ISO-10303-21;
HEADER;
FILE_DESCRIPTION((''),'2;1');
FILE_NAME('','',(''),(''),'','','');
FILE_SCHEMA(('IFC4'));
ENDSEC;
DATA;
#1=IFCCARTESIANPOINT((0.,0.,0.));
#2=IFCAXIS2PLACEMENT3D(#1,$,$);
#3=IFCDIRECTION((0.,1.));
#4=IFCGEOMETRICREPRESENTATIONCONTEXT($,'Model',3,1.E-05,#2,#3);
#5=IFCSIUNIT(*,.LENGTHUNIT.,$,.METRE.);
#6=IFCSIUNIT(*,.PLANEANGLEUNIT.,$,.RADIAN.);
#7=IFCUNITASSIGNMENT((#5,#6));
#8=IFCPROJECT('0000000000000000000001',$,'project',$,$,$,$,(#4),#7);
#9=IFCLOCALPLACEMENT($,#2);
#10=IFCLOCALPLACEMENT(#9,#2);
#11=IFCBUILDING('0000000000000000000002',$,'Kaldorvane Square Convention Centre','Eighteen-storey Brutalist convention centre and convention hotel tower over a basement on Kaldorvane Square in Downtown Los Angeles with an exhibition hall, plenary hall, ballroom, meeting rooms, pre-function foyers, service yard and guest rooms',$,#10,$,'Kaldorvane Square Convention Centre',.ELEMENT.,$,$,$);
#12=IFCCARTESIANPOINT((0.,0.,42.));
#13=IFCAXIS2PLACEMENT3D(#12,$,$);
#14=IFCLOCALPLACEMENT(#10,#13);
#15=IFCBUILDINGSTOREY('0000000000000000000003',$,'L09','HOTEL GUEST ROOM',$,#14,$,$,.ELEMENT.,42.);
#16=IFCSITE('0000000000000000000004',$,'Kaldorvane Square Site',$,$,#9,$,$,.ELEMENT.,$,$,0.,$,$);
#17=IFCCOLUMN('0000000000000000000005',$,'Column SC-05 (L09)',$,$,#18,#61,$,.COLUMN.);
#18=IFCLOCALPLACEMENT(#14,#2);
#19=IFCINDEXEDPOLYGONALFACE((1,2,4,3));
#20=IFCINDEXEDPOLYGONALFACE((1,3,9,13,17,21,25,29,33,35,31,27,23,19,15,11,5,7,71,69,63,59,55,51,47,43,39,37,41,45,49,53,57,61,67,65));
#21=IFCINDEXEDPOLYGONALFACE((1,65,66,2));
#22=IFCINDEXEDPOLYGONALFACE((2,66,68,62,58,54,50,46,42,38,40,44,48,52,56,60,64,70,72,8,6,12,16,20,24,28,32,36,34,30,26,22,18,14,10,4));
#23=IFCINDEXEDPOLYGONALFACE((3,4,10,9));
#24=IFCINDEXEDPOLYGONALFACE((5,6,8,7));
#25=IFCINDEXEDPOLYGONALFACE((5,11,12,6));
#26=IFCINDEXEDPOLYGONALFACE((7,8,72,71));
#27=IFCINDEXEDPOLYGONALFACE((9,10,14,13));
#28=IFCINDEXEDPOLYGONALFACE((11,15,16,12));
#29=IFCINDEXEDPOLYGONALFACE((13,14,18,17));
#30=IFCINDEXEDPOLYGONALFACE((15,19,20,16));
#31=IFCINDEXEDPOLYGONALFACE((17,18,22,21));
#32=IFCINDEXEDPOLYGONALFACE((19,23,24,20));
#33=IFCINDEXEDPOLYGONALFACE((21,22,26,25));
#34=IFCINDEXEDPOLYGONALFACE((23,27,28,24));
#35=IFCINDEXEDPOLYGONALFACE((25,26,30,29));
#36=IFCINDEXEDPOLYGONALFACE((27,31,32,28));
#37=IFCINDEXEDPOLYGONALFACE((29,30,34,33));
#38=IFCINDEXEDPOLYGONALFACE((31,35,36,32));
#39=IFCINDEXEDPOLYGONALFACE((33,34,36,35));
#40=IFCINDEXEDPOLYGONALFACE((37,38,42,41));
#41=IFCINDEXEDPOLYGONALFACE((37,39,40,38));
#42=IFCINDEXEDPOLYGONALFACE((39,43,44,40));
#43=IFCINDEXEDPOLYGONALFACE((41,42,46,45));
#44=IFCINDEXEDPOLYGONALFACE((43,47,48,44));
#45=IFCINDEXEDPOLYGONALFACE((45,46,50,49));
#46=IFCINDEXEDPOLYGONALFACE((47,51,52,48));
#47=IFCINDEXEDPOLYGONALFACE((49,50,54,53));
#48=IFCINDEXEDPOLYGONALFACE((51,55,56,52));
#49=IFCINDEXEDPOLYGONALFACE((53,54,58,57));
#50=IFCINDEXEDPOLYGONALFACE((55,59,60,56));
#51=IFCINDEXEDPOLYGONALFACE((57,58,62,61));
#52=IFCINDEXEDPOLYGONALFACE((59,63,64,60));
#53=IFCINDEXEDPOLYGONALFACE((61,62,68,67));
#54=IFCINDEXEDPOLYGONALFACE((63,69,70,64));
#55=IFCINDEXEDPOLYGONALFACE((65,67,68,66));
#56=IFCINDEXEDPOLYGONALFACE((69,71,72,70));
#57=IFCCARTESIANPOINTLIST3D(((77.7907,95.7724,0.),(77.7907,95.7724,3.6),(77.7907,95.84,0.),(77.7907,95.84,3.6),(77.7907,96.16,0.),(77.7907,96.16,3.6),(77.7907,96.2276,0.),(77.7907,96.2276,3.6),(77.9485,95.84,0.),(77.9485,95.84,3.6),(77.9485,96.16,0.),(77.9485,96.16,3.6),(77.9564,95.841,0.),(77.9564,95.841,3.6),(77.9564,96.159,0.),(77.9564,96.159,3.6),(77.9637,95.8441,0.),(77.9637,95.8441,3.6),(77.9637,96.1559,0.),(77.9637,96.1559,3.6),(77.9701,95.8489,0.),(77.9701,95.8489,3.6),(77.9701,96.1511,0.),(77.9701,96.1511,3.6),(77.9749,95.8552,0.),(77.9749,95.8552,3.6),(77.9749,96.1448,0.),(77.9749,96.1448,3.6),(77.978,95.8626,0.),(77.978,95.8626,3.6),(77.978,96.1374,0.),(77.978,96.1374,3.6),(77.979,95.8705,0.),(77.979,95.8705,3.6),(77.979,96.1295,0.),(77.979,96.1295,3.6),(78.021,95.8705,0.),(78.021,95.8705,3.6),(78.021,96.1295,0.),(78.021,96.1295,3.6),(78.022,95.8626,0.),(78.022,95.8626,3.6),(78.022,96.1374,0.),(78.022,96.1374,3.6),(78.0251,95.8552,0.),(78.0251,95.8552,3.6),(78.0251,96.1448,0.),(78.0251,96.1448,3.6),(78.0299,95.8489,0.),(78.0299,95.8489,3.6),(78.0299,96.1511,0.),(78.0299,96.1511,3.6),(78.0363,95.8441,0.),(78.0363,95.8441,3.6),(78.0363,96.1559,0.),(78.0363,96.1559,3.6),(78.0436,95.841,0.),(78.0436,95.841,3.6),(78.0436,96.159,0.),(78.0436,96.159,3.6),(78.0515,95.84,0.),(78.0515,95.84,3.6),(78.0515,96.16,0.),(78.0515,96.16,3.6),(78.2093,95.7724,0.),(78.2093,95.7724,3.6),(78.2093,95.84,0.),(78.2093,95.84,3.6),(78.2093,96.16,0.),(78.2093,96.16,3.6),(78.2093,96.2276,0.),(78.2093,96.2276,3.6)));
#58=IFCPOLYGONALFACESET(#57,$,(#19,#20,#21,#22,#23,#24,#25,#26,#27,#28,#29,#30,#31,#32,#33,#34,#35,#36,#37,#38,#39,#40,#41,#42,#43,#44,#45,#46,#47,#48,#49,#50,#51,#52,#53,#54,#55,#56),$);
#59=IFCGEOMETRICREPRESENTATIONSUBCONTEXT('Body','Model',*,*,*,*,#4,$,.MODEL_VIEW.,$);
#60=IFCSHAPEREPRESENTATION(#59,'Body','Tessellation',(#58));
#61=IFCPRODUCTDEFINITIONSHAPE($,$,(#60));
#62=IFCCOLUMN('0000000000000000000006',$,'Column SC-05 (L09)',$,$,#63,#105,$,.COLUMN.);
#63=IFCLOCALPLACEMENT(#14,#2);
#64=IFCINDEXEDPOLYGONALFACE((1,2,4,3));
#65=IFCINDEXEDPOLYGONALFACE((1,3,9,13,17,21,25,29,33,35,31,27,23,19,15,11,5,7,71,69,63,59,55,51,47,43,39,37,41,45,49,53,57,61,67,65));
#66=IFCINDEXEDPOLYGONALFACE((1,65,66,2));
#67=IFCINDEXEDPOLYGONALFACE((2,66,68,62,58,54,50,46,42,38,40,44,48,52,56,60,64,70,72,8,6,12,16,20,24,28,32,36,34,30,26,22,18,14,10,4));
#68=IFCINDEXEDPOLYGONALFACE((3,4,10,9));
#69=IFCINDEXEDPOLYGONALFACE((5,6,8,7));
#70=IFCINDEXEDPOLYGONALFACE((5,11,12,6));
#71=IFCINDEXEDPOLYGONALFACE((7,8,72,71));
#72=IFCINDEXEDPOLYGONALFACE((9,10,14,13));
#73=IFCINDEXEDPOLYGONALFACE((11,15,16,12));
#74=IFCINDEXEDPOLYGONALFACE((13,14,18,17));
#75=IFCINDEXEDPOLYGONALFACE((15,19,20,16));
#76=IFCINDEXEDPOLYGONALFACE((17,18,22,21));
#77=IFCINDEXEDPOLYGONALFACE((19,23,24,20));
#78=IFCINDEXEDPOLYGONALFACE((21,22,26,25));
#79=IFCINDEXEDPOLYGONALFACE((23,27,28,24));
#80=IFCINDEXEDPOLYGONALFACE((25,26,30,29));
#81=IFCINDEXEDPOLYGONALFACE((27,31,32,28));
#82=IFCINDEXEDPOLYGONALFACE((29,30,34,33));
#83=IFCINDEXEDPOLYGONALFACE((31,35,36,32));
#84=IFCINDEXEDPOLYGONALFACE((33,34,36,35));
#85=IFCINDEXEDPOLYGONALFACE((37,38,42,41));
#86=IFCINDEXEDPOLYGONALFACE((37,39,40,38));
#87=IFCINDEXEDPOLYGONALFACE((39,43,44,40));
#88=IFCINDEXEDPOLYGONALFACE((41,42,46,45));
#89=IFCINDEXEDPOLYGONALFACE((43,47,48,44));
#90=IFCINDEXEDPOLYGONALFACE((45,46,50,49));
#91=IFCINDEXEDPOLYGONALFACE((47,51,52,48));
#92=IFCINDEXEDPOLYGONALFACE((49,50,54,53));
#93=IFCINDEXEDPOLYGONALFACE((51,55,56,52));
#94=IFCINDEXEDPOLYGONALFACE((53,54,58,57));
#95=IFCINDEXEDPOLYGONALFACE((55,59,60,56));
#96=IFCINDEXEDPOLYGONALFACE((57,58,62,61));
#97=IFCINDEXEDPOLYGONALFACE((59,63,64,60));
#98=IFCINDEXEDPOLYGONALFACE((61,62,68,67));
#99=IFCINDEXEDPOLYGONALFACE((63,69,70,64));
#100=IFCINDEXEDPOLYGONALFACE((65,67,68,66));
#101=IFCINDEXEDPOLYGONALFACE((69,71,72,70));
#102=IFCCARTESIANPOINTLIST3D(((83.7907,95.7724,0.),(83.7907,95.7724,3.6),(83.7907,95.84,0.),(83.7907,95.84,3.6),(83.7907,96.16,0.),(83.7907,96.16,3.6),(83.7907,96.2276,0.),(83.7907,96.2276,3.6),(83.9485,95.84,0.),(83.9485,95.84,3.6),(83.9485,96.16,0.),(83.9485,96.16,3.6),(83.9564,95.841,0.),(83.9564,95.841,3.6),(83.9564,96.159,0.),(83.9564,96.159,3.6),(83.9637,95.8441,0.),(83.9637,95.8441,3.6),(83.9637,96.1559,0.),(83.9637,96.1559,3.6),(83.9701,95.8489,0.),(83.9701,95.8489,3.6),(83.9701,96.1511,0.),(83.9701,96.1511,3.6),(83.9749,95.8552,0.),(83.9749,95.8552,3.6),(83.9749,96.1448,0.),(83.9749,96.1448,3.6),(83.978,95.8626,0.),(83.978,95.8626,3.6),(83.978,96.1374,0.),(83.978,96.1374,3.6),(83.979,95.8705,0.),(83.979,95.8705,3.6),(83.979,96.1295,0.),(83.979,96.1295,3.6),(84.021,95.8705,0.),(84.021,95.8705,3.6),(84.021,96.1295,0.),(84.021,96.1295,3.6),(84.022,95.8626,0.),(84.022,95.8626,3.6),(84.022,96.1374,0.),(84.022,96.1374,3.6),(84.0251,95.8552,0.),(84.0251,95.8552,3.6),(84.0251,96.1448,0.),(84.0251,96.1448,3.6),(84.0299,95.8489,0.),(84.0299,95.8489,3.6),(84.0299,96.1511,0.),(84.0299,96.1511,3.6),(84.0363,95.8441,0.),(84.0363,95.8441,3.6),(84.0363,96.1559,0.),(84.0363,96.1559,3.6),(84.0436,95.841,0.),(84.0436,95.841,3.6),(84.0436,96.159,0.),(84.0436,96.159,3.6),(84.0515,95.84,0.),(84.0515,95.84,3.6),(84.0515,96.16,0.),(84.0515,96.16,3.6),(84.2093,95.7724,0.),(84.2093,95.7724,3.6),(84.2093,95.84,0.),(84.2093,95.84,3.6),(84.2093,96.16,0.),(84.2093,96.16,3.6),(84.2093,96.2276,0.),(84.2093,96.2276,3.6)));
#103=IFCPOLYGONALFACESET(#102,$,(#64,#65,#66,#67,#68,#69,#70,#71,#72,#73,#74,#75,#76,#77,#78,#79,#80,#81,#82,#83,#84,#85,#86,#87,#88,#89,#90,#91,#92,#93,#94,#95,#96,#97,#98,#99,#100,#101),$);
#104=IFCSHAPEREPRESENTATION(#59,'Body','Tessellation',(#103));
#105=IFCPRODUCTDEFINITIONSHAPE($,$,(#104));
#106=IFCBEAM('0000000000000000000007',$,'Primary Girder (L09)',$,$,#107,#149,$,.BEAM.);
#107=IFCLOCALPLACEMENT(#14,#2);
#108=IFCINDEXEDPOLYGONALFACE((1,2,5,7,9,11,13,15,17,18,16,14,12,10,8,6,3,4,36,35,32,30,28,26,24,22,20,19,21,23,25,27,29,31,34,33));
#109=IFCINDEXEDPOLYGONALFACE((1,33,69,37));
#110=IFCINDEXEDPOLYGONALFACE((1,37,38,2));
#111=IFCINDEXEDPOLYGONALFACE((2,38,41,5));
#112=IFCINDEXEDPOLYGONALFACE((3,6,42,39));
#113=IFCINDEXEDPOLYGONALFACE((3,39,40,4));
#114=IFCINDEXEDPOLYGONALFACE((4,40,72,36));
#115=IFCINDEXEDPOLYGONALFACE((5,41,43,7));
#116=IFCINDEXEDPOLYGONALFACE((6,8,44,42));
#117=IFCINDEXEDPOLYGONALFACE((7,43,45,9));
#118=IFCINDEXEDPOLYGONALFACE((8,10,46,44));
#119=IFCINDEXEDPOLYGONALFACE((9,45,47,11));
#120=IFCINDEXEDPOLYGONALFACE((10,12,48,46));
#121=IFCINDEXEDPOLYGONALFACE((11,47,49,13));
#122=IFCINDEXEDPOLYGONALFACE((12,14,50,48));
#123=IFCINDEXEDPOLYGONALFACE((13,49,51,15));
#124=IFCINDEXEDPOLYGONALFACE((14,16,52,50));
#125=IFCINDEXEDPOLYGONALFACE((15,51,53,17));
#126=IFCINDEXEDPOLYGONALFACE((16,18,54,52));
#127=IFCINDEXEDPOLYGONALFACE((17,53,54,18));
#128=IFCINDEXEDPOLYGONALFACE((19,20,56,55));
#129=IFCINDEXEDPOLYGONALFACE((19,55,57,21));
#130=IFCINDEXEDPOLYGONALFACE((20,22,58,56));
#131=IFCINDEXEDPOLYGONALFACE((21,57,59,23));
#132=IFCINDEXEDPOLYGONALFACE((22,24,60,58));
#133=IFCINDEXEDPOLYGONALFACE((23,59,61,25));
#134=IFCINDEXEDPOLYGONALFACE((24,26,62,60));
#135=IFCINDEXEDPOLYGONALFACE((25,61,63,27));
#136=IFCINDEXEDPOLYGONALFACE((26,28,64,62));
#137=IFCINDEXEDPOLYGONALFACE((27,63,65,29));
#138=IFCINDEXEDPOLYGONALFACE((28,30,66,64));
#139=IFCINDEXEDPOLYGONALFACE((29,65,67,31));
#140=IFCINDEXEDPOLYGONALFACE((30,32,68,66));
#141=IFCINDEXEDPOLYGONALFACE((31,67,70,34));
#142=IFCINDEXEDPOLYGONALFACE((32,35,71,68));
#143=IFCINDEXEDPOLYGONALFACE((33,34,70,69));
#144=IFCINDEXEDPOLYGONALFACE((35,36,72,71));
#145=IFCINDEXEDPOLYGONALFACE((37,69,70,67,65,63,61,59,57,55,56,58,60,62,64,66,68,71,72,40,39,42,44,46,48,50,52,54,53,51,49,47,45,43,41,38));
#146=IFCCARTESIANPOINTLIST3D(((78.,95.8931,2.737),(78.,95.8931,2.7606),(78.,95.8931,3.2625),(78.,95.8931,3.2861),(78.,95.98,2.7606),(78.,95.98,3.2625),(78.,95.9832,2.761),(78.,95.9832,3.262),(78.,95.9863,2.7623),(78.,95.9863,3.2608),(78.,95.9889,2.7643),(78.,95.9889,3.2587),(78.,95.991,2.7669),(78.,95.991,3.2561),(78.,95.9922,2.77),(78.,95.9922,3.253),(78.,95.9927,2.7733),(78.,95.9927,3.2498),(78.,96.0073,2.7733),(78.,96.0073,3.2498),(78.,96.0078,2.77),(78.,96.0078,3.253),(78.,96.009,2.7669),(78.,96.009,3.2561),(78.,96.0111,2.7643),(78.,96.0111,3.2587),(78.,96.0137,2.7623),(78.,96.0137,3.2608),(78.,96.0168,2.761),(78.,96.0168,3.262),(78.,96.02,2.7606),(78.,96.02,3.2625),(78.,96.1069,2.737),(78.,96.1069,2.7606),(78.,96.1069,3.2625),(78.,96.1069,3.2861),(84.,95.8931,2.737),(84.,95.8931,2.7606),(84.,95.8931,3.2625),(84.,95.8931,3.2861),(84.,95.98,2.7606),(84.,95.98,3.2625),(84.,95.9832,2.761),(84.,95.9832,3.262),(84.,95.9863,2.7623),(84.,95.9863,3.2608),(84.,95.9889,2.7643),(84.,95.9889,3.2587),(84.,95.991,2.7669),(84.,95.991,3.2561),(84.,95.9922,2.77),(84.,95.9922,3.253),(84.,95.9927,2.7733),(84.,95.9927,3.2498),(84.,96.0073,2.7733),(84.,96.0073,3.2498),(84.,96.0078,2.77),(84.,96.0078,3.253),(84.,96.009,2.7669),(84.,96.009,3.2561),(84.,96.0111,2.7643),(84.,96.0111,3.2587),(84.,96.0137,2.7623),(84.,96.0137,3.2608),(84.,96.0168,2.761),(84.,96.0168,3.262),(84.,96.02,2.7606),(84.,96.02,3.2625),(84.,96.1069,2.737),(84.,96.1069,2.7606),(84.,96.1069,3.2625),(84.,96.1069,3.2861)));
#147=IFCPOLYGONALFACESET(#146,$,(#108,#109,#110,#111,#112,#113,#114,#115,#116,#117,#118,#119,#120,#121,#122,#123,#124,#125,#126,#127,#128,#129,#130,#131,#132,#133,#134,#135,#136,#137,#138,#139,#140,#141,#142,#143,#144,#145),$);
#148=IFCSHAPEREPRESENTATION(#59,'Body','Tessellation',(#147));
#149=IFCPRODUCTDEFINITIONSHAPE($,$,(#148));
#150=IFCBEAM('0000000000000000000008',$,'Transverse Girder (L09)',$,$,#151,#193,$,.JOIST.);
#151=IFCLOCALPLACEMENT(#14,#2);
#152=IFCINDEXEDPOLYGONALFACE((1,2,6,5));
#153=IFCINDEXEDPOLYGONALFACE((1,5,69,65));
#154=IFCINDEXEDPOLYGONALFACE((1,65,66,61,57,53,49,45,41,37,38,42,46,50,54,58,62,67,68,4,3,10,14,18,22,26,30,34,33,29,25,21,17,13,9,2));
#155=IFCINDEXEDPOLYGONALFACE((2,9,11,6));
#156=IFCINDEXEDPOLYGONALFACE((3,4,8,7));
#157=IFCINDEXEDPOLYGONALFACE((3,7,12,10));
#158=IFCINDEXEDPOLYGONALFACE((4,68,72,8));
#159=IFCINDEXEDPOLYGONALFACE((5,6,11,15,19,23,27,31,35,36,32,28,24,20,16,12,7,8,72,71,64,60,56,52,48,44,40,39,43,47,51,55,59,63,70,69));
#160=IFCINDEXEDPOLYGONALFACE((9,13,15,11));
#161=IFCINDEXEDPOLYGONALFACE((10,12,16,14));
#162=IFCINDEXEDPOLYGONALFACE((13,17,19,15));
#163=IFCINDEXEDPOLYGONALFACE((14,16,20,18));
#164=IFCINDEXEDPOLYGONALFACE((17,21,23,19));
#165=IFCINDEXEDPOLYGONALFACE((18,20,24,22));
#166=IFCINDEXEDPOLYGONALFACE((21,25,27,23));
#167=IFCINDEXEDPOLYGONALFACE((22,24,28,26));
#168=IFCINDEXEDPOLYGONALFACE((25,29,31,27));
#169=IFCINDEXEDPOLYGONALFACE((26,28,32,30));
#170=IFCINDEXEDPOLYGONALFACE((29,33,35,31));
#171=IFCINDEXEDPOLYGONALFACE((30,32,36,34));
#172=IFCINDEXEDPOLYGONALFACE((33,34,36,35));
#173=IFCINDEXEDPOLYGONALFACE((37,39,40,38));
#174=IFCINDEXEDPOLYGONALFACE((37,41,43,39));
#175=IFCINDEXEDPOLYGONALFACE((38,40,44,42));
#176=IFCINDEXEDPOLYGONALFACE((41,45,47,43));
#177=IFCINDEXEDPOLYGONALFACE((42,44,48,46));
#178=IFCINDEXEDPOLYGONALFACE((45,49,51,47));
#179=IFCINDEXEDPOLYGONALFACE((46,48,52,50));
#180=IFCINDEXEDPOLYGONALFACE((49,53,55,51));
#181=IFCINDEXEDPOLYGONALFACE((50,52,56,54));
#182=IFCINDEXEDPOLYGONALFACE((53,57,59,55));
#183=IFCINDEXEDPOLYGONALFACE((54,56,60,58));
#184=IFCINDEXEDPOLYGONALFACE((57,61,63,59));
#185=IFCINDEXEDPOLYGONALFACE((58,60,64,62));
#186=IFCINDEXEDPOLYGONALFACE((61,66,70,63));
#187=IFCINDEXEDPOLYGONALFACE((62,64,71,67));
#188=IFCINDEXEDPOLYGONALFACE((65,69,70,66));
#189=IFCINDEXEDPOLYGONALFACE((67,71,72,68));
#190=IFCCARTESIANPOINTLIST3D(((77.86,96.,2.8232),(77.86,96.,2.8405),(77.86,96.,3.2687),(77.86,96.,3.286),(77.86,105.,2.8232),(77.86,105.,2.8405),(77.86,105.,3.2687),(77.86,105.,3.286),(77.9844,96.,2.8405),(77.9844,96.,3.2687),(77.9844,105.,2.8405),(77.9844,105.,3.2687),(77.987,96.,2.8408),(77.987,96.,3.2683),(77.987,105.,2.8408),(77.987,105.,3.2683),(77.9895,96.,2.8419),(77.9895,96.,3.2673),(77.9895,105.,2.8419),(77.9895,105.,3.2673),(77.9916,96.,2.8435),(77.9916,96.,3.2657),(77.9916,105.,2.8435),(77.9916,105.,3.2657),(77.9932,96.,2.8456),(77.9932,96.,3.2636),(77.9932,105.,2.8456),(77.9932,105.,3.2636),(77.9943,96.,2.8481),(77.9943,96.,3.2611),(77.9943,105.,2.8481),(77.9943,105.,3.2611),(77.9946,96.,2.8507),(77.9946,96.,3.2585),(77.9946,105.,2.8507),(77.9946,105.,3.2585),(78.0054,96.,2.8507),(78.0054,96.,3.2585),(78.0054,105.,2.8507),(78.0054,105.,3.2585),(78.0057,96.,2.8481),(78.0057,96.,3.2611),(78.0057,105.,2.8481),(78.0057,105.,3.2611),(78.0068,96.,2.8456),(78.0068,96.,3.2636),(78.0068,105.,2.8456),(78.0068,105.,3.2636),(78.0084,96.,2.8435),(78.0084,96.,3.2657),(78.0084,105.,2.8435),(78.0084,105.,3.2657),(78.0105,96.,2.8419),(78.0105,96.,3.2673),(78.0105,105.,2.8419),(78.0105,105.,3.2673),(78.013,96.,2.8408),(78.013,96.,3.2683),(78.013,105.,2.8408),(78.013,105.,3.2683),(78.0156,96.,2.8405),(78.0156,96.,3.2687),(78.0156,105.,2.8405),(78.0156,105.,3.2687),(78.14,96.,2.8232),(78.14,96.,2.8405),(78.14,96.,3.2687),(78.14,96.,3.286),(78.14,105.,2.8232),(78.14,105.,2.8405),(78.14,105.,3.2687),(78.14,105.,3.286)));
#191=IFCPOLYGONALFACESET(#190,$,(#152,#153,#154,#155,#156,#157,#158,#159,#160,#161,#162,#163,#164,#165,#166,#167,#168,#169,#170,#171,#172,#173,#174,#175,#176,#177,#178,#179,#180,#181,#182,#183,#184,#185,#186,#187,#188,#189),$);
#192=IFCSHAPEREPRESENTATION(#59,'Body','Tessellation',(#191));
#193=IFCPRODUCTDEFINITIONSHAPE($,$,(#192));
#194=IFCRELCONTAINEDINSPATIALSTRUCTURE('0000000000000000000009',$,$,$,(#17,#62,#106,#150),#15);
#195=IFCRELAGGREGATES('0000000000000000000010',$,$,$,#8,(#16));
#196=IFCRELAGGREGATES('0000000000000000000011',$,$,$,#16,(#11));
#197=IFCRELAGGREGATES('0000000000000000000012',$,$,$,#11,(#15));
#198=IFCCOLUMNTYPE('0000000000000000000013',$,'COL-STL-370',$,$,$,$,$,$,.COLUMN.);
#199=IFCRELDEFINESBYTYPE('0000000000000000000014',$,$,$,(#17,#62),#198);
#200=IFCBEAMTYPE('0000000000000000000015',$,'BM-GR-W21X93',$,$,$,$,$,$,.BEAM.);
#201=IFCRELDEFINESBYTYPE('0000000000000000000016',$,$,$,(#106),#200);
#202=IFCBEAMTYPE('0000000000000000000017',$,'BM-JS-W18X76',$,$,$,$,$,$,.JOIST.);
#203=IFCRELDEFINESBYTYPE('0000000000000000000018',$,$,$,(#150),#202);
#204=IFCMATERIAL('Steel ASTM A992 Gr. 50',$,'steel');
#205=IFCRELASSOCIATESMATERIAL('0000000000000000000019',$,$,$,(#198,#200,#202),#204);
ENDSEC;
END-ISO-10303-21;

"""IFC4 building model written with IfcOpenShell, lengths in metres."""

from ifc_helpers import new_model, si_unit, direction, frame, origin, origin_2d, place, context, subcontext, project, spatial, i_section, extrude, material, material_profile, profile_set, type_object, element, save


model = new_model("IFC4")

# Units and contexts
model_context = context("Model", 3, precision=1e-05, world=origin(), true_north=direction((0.0, 1.0)))
body_context = subcontext(model_context, "Body", "Model", "MODEL_VIEW")
ifc_project = project(units=[si_unit("LENGTHUNIT", "METRE"), si_unit("PLANEANGLEUNIT", "RADIAN")], contexts=[model_context])

# Site, building, storey
site_placement = place(None, origin())
site = spatial("IfcSite", under=ifc_project, at=site_placement, Name="Kaldorvane Square Site", CompositionType="ELEMENT", RefElevation=0.0)
building_placement = place(site_placement, origin())
building = spatial("IfcBuilding", under=site, at=building_placement, Name="Kaldorvane Square Convention Centre", Description="Eighteen-storey Brutalist convention centre and convention hotel tower over a basement on Kaldorvane Square in Downtown Los Angeles with an exhibition hall, plenary hall, ballroom, meeting rooms, pre-function foyers, service yard and guest rooms", LongName="Kaldorvane Square Convention Centre", CompositionType="ELEMENT")
storey_placement = place(building_placement, frame((0.0, 0.0, 42.0)))
storey = spatial("IfcBuildingStorey", under=building, at=storey_placement, Name="L09", Description="HOTEL GUEST ROOM", CompositionType="ELEMENT", Elevation=42.0)

# Columns
ifc_material_1 = material(Name="Steel ASTM A992 Gr. 50", Category="steel")
ifc_material_profile_1 = material_profile(ifc_material_1, i_section(OverallWidth=0.4185, OverallDepth=0.4552, WebThickness=0.042, FlangeThickness=0.0676, FilletRadius=0.0305, at=origin_2d()), Name="W14X370")
ifc_profile_set_1 = profile_set([ifc_material_profile_1], Name="Steel ASTM A992 Gr. 50")
column_type = type_object("IfcColumnType", Name="COL-STL-370", PredefinedType="COLUMN", material=ifc_profile_set_1)
for number, where, z_axis, x_axis, name in (
    (1, (78.0, 96.0, 0.0), (0.0, 0.0, 1.0), (1.0, 0.0, 0.0), "Column SC-05 (L09)"),
    (2, (84.0, 96.0, 0.0), (0.0, 0.0, 1.0), (1.0, 0.0, 0.0), "Column SC-05 (L09)"),
):
    element("IfcColumn", number, at=place(storey_placement, frame(where, z_axis=z_axis, x_axis=x_axis)), inside=storey, type_object=column_type, Name=name, PredefinedType="COLUMN", context=body_context, shape_type="SweptSolid", body=[
        extrude(i_section(OverallWidth=0.4185, OverallDepth=0.4552, WebThickness=0.042, FlangeThickness=0.0676, FilletRadius=0.0305, at=origin_2d()), origin(), (0.0, 0.0, 1.0), 3.6),
    ])

# Beams
ifc_material_profile_2 = material_profile(ifc_material_1, i_section(OverallWidth=0.2139, OverallDepth=0.5491, WebThickness=0.0147, FlangeThickness=0.0236, FilletRadius=0.0127, at=origin_2d()), Name="W21X93")
ifc_profile_set_2 = profile_set([ifc_material_profile_2], Name="Steel ASTM A992 Gr. 50")
beam_type_1 = type_object("IfcBeamType", Name="BM-GR-W21X93", PredefinedType="BEAM", material=ifc_profile_set_2)
beam_1_placement = place(storey_placement, frame((78.0, 96.0, 3.0115), z_axis=(1.0, 0.0, 0.0), x_axis=(0.0, 1.0, 0.0)))
element("IfcBeam", 3, at=beam_1_placement, inside=storey, type_object=beam_type_1, Name="Primary Girder (L09)", PredefinedType="BEAM", context=body_context, shape_type="SweptSolid", body=[
    extrude(i_section(OverallWidth=0.2139, OverallDepth=0.5491, WebThickness=0.0147, FlangeThickness=0.0236, FilletRadius=0.0127, at=origin_2d()), origin(), (0.0, 0.0, 1.0), 6.0),
])
ifc_material_profile_3 = material_profile(ifc_material_1, i_section(OverallWidth=0.2799, OverallDepth=0.4628, WebThickness=0.0108, FlangeThickness=0.0173, FilletRadius=0.0102, at=origin_2d()), Name="W18X76")
ifc_profile_set_3 = profile_set([ifc_material_profile_3], Name="Steel ASTM A992 Gr. 50")
beam_type_2 = type_object("IfcBeamType", Name="BM-JS-W18X76", PredefinedType="JOIST", material=ifc_profile_set_3)
beam_2_placement = place(storey_placement, frame((78.0, 96.0, 3.0546), z_axis=(0.0, 1.0, 0.0), x_axis=(-1.0, 0.0, 0.0)))
element("IfcBeam", 4, at=beam_2_placement, inside=storey, type_object=beam_type_2, Name="Transverse Girder (L09)", PredefinedType="JOIST", context=body_context, shape_type="SweptSolid", body=[
    extrude(i_section(OverallWidth=0.2799, OverallDepth=0.4628, WebThickness=0.0108, FlangeThickness=0.0173, FilletRadius=0.0102, at=origin_2d()), origin(), (0.0, 0.0, 1.0), 9.0),
])

save(model, "model.ifc")
